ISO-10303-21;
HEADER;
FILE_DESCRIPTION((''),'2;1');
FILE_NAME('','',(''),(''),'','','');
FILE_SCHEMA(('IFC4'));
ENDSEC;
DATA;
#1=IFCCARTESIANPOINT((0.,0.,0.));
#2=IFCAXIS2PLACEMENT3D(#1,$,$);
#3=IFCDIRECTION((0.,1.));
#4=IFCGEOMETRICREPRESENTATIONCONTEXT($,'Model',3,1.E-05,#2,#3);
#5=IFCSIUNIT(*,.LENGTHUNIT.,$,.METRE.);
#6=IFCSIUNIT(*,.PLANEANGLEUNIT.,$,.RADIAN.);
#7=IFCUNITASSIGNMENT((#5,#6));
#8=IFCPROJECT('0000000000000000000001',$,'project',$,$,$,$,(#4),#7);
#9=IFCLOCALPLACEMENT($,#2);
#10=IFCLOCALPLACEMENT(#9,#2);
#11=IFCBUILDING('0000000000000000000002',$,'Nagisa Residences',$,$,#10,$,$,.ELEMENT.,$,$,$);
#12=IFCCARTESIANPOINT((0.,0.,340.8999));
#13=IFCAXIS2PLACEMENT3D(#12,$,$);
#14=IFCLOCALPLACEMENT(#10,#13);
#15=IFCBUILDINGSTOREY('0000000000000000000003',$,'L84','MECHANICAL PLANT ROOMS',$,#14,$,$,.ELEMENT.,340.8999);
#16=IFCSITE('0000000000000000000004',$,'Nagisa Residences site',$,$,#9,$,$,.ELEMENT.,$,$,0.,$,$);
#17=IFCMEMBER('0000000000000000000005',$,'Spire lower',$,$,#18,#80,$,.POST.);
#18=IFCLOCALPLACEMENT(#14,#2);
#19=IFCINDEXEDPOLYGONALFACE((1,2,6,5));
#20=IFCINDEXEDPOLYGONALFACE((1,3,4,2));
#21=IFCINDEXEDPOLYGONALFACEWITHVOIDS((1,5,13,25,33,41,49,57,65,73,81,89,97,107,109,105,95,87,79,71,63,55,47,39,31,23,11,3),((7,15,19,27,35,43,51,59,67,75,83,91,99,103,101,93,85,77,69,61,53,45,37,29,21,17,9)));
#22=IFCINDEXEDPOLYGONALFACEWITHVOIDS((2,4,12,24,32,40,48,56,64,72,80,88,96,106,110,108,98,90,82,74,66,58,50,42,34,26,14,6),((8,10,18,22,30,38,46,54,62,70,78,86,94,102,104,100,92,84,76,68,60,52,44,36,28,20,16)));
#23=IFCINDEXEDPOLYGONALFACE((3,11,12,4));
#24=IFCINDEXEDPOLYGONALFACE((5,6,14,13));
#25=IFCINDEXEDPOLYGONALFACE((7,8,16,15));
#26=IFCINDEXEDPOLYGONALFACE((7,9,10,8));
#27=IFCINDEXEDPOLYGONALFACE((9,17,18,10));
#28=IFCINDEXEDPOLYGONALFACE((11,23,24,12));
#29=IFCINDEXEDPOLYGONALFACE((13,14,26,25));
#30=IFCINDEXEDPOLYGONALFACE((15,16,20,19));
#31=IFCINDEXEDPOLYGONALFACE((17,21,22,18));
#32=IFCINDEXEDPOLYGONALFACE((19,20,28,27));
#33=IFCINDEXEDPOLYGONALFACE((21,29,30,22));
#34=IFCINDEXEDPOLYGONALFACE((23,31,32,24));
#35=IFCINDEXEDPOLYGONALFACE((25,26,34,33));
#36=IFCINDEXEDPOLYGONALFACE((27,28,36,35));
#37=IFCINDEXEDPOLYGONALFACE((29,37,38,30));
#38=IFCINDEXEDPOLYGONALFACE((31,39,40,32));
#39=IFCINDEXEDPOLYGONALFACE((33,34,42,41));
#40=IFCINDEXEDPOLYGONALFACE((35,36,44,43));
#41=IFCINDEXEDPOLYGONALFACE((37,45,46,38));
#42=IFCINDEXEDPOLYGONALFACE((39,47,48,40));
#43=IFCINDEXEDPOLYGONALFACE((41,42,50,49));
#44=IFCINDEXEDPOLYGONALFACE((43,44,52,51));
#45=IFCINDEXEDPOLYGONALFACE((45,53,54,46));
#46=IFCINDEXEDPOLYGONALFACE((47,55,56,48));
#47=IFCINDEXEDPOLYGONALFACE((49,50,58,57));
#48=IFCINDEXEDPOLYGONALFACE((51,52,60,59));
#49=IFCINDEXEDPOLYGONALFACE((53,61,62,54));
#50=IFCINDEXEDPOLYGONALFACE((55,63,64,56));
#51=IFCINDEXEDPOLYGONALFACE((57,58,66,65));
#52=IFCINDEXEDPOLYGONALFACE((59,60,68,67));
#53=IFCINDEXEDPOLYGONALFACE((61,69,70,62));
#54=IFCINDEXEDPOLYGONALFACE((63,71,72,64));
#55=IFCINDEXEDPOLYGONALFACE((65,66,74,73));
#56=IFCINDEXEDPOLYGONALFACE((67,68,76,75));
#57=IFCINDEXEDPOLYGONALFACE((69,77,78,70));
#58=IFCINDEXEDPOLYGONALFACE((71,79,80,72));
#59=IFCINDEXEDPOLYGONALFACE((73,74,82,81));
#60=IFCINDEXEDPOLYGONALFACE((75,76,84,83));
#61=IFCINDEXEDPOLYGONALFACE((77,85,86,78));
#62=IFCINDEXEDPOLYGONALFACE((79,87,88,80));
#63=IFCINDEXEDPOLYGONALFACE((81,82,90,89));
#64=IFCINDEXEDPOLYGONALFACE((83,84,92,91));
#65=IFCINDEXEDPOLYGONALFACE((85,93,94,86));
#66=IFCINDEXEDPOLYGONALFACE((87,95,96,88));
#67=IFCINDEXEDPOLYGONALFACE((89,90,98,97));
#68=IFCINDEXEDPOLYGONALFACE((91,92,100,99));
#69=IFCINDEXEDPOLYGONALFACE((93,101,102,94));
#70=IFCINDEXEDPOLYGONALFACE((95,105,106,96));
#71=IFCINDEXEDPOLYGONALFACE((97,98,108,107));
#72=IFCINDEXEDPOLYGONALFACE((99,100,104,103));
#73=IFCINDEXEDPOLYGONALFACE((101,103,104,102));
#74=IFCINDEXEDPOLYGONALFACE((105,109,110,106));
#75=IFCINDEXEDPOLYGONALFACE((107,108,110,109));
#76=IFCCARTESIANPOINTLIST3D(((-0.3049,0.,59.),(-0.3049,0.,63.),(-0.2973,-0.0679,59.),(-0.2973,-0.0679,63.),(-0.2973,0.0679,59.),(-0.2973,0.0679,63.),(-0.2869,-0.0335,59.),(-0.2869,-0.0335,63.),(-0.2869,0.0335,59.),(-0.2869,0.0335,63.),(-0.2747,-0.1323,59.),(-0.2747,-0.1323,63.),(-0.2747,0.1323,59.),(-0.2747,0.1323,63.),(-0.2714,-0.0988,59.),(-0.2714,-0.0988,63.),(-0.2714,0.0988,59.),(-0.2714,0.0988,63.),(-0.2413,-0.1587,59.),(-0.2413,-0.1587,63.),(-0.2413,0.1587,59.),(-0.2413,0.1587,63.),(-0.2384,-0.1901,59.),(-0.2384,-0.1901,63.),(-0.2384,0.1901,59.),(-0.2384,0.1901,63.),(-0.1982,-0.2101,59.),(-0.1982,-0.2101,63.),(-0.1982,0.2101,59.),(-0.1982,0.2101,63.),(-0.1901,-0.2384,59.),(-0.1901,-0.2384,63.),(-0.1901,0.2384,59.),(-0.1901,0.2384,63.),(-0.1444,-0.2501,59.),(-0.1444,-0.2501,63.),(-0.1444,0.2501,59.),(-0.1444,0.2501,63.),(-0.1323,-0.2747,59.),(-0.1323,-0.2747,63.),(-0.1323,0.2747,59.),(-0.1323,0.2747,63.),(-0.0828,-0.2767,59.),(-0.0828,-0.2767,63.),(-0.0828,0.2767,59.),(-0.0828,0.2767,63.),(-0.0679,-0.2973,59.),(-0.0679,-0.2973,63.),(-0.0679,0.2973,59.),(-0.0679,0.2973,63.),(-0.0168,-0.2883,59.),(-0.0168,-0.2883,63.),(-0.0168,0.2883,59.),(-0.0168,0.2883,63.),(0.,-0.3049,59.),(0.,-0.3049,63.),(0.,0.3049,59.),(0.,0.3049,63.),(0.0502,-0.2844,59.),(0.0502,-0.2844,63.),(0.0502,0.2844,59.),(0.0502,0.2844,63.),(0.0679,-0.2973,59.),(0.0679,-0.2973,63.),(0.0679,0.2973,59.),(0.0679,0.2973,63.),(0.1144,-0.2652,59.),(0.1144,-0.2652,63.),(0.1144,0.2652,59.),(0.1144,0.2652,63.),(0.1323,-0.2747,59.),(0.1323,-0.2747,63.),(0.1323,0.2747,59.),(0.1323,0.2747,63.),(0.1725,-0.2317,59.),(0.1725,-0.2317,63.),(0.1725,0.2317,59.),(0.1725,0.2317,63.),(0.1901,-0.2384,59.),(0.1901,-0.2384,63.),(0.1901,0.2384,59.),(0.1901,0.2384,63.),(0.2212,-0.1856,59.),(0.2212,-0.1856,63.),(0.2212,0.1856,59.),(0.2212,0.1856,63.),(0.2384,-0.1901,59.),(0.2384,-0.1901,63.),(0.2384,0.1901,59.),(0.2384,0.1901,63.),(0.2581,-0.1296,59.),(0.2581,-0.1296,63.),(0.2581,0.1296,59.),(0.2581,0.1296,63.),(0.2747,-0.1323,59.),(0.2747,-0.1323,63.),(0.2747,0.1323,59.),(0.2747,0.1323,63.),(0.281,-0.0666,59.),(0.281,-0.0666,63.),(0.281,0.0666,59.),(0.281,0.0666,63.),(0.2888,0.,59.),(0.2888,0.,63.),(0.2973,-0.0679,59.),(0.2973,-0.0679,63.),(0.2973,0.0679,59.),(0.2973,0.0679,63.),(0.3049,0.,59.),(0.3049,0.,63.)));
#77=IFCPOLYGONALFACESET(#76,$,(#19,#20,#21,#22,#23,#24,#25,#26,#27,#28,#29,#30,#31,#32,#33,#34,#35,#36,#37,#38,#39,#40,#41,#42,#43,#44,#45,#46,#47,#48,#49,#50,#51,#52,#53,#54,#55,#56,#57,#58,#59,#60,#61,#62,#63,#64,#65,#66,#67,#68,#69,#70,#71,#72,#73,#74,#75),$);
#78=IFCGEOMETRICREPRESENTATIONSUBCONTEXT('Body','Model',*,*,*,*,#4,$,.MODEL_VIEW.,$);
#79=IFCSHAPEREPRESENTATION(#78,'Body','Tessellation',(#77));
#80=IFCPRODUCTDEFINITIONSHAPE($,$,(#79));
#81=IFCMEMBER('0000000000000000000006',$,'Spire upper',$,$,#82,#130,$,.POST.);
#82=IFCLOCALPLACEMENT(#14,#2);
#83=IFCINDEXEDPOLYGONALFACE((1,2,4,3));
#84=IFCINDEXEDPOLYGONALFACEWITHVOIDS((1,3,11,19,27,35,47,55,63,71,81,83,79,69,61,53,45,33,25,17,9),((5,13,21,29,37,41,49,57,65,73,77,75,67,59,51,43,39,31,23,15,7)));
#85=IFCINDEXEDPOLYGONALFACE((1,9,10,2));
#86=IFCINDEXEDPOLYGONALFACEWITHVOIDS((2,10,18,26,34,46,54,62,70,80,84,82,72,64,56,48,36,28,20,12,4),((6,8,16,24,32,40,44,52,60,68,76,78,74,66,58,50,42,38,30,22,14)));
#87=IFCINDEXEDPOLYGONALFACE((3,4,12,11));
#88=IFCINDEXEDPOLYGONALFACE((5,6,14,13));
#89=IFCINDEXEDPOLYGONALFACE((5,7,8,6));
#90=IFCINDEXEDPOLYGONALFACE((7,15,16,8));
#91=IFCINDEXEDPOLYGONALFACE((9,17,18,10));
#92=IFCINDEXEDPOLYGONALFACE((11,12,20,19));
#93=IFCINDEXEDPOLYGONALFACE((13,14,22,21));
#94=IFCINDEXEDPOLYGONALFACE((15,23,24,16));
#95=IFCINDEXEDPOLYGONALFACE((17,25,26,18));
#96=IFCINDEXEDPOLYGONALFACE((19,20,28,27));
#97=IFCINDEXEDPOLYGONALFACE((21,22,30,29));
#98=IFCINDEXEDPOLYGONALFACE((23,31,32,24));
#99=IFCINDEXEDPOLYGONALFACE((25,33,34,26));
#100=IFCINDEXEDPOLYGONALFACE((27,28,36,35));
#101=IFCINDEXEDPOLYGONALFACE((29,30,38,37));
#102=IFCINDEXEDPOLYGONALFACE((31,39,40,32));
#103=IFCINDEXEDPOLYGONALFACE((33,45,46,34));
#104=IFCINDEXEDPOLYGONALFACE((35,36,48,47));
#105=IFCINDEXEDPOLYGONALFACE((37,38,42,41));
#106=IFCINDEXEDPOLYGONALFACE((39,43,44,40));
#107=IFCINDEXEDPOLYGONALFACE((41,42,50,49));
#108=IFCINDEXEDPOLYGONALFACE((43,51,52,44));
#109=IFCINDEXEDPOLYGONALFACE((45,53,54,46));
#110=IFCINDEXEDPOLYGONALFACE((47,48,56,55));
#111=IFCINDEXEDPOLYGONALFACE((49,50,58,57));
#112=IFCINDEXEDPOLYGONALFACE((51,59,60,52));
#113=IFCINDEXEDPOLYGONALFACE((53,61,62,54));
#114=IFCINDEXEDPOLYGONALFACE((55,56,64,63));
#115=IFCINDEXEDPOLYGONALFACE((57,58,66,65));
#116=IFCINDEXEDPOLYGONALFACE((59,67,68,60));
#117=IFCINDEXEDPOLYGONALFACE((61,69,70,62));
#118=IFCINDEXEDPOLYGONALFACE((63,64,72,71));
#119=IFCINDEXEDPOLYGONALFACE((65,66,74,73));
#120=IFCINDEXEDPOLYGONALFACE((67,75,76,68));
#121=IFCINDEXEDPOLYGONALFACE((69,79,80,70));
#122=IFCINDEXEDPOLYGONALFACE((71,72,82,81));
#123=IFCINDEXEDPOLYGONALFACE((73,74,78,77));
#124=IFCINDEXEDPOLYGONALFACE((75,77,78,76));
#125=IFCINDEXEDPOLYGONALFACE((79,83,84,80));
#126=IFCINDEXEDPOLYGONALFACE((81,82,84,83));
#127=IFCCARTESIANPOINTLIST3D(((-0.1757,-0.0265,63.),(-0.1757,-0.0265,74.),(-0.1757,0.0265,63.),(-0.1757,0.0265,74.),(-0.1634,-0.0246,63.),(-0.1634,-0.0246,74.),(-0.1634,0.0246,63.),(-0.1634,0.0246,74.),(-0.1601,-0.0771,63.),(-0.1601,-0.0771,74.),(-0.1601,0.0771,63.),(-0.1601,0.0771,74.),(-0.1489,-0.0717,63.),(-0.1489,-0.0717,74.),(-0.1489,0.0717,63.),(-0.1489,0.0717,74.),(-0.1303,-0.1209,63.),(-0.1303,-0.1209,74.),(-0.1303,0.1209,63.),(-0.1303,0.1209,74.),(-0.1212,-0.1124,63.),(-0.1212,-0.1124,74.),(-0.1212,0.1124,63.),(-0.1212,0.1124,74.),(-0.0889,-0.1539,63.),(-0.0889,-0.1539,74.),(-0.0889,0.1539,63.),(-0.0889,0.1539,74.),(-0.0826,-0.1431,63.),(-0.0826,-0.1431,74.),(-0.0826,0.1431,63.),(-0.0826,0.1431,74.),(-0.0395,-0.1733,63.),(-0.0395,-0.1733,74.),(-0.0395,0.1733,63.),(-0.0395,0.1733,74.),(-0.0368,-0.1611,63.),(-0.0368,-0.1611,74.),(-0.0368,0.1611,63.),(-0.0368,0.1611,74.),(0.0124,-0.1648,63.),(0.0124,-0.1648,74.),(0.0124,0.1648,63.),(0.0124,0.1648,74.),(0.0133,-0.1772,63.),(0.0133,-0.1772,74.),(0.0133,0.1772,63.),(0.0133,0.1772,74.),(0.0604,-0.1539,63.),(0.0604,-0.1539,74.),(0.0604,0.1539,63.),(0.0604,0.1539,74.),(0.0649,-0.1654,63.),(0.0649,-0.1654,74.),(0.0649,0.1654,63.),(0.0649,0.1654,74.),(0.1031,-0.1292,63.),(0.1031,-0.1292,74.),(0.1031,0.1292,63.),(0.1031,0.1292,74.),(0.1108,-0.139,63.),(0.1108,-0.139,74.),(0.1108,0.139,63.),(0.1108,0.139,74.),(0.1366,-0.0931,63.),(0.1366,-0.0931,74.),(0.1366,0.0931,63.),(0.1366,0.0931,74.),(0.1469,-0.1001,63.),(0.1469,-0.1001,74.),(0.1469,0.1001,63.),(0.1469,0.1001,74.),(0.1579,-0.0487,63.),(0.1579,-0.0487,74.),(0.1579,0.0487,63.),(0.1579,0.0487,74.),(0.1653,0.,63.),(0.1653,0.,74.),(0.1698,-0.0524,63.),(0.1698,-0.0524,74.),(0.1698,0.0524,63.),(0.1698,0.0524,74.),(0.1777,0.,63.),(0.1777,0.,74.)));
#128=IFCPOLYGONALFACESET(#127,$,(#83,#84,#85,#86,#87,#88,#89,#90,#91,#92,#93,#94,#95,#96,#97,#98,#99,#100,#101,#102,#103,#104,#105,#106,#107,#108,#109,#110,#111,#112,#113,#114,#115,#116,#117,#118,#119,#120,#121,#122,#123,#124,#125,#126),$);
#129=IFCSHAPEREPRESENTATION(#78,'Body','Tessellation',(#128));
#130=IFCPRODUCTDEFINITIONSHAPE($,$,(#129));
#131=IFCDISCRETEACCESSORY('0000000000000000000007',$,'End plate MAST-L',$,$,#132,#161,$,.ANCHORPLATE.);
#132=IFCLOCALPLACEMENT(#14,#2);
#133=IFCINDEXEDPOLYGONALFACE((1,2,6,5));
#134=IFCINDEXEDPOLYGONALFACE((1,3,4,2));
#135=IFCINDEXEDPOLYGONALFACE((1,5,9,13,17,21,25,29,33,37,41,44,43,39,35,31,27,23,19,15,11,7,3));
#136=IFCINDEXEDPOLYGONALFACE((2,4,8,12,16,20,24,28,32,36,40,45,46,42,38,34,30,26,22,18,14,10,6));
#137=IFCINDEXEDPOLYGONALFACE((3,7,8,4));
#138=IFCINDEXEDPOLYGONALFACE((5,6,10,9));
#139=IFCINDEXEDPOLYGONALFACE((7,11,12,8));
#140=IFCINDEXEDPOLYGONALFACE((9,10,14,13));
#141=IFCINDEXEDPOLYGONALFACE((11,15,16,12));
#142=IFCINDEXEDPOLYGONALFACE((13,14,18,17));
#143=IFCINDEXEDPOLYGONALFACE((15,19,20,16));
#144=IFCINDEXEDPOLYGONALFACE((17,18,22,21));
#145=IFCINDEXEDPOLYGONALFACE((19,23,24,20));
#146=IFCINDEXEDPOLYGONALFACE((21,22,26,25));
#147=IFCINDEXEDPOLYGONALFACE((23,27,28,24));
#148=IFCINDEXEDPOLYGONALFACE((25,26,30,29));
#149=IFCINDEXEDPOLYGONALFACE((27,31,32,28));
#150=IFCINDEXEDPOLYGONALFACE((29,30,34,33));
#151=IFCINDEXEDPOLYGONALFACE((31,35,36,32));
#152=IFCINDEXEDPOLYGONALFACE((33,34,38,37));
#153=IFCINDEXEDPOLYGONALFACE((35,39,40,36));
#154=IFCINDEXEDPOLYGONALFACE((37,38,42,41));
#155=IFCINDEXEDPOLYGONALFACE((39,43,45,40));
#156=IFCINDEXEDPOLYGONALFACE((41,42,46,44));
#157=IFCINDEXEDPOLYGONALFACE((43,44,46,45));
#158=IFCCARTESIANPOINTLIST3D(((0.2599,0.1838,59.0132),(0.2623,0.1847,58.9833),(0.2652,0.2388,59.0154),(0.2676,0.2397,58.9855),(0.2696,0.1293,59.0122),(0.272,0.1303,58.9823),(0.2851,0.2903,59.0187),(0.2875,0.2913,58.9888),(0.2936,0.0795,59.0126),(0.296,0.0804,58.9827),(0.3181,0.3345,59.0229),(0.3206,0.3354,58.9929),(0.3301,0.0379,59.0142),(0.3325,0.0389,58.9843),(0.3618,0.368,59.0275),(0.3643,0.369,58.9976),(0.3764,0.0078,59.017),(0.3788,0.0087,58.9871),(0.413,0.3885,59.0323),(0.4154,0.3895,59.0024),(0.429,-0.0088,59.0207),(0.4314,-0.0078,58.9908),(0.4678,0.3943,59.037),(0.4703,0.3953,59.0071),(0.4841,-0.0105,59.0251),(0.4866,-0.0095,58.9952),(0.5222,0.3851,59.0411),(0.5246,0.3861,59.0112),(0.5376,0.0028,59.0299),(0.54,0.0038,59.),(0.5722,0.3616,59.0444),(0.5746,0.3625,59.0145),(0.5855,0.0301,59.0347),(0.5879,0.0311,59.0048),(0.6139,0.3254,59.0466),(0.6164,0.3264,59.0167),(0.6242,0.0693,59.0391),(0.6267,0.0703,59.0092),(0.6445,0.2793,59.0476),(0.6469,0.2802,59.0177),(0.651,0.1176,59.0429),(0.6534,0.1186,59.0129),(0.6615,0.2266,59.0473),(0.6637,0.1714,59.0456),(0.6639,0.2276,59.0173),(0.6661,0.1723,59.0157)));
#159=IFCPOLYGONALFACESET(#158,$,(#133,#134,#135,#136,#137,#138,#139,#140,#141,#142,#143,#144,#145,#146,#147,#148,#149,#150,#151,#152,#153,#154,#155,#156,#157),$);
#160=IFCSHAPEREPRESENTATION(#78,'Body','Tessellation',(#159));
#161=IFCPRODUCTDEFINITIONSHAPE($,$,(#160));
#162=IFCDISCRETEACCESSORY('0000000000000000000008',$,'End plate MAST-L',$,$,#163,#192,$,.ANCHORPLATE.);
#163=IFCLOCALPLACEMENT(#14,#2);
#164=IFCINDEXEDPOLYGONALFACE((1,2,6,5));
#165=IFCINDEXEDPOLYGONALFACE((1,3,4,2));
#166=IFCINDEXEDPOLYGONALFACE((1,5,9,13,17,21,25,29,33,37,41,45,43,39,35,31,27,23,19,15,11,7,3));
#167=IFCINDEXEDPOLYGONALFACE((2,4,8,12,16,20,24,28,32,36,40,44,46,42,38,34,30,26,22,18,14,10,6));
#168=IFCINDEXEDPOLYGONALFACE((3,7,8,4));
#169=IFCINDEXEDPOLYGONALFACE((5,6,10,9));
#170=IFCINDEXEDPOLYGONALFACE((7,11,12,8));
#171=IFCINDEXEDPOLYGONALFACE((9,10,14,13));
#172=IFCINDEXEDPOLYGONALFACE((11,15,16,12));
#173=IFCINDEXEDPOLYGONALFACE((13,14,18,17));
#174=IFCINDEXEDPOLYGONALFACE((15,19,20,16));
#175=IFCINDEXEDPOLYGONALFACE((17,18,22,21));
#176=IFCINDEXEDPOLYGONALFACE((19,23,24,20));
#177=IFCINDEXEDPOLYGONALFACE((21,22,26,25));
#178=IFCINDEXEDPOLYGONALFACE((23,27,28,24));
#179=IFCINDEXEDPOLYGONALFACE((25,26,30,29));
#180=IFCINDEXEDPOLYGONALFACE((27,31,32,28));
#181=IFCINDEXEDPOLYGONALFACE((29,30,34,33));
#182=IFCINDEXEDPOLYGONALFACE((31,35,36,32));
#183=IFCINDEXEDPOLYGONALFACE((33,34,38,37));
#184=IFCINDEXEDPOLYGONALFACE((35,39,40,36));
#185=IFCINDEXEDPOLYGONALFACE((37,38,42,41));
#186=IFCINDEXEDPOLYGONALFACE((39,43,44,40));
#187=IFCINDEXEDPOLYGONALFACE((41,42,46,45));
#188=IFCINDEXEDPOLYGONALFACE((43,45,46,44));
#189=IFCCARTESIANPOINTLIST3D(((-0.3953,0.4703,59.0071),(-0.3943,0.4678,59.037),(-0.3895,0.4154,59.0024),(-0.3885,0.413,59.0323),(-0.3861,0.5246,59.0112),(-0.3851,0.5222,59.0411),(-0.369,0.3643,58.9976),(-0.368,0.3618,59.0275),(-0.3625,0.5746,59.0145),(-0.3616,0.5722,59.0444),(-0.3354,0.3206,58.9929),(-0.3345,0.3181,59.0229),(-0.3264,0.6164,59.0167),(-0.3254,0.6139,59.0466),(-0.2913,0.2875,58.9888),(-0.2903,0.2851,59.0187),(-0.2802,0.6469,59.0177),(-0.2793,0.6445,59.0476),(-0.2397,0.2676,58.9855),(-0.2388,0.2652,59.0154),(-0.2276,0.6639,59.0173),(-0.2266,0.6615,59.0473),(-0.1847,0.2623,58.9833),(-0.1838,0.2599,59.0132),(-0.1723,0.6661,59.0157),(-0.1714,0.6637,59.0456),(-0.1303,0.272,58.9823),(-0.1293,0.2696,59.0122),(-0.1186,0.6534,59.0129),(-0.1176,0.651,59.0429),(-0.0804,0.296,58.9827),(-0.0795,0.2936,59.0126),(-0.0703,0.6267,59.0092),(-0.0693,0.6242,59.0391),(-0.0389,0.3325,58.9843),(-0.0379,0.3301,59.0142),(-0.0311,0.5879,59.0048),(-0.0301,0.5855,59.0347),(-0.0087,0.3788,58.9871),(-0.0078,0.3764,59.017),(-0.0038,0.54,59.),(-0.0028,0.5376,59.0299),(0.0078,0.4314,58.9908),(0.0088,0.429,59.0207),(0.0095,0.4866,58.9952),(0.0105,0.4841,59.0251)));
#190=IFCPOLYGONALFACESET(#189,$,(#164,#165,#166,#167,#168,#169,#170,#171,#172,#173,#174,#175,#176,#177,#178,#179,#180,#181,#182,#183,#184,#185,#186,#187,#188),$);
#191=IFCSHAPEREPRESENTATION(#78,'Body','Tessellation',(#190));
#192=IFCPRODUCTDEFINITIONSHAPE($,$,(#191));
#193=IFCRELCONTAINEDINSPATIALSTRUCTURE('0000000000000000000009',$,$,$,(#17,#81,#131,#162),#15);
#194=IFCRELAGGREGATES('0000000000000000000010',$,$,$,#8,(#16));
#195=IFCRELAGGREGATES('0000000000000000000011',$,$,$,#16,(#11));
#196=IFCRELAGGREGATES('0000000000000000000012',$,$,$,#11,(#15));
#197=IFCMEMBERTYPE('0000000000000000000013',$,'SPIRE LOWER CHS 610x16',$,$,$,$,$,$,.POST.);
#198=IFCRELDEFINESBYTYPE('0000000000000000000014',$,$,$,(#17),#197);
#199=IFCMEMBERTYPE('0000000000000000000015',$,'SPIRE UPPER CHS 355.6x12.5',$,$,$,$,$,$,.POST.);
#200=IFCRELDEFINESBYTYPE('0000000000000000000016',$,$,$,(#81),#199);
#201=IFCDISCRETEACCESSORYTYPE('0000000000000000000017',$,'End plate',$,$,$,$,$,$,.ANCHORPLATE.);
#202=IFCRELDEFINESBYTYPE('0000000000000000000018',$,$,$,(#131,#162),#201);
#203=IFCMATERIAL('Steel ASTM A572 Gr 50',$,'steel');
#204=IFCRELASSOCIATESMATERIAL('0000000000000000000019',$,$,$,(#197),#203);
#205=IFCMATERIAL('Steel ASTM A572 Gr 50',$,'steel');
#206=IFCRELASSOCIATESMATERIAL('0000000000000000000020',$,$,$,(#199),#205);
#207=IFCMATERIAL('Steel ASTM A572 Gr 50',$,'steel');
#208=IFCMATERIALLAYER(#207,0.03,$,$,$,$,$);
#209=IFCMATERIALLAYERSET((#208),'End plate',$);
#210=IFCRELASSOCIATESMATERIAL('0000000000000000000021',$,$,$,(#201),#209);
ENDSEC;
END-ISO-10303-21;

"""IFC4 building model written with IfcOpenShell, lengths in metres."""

from ifc_helpers import new_model, si_unit, direction, frame, origin, origin_2d, place, context, subcontext, project, spatial, circle, hollow_circle, extrude, material, layer, layer_set, material_profile, profile_set, type_object, element, save


model = new_model("IFC4")

# Units and contexts
model_context = context("Model", 3, precision=1e-05, world=origin(), true_north=direction((0.0, 1.0)))
body_context = subcontext(model_context, "Body", "Model", "MODEL_VIEW")
ifc_project = project(units=[si_unit("LENGTHUNIT", "METRE"), si_unit("PLANEANGLEUNIT", "RADIAN")], contexts=[model_context])

# Site, building, storey
site_placement = place(None, origin())
site = spatial("IfcSite", under=ifc_project, at=site_placement, Name="Nagisa Residences site", CompositionType="ELEMENT", RefElevation=0.0)
building_placement = place(site_placement, origin())
building = spatial("IfcBuilding", under=site, at=building_placement, Name="Nagisa Residences", CompositionType="ELEMENT")
storey_placement = place(building_placement, frame((0.0, 0.0, 340.8999)))
storey = spatial("IfcBuildingStorey", under=building, at=storey_placement, Name="L84", Description="MECHANICAL PLANT ROOMS", CompositionType="ELEMENT", Elevation=340.8999)

# Members
ifc_material_1 = material(Name="Steel ASTM A572 Gr 50", Category="steel")
ifc_material_profile_1 = material_profile(ifc_material_1, hollow_circle(Radius=0.3049, WallThickness=0.0161, at=origin_2d()), Name="SPIRE LOWER CHS 610x16")
ifc_profile_set_1 = profile_set([ifc_material_profile_1], Name="Steel ASTM A572 Gr 50")
member_type_1 = type_object("IfcMemberType", Name="SPIRE LOWER CHS 610x16", PredefinedType="POST", material=ifc_profile_set_1)
member_1_placement = place(storey_placement, frame((0.0, 0.0, 59.0), z_axis=(0.0, 0.0, 1.0), x_axis=(1.0, 0.0, 0.0)))
element("IfcMember", 1, at=member_1_placement, inside=storey, type_object=member_type_1, Name="Spire lower", PredefinedType="POST", context=body_context, shape_type="SweptSolid", body=[
    extrude(hollow_circle(Radius=0.3049, WallThickness=0.0161, at=origin_2d()), origin(), (0.0, 0.0, 1.0), 4.0),
])
ifc_material_2 = material(Name="Steel ASTM A572 Gr 50", Category="steel")
ifc_material_profile_2 = material_profile(ifc_material_2, hollow_circle(Radius=0.1777, WallThickness=0.0125, at=origin_2d()), Name="SPIRE UPPER CHS 355.6x12.5")
ifc_profile_set_2 = profile_set([ifc_material_profile_2], Name="Steel ASTM A572 Gr 50")
member_type_2 = type_object("IfcMemberType", Name="SPIRE UPPER CHS 355.6x12.5", PredefinedType="POST", material=ifc_profile_set_2)
member_2_placement = place(storey_placement, frame((0.0, 0.0, 63.0), z_axis=(0.0, 0.0, 1.0), x_axis=(1.0, 0.0, 0.0)))
element("IfcMember", 2, at=member_2_placement, inside=storey, type_object=member_type_2, Name="Spire upper", PredefinedType="POST", context=body_context, shape_type="SweptSolid", body=[
    extrude(hollow_circle(Radius=0.1777, WallThickness=0.0125, at=origin_2d()), origin(), (0.0, 0.0, 1.0), 11.0),
])

# Discrete accessories
ifc_material_3 = material(Name="Steel ASTM A572 Gr 50", Category="steel")
ifc_layer_1 = layer(ifc_material_3, 0.03)
ifc_layer_set_1 = layer_set([ifc_layer_1], Name="End plate")
discrete_accessory_type_1 = type_object("IfcDiscreteAccessoryType", Name="End plate", PredefinedType="ANCHORPLATE", material=ifc_layer_set_1)
for number, where, z_axis, x_axis, name in (
    (3, (0.4646, 0.1924, 59.0), (-0.080991, -0.032396, 0.996188), (0.371391, -0.928477, 0.0), "End plate MAST-L"),
    (4, (-0.1924, 0.4646, 59.0), (0.032396, -0.080991, 0.996188), (0.928477, 0.371391, 0.0), "End plate MAST-L"),
):
    element("IfcDiscreteAccessory", number, at=place(storey_placement, frame(where, z_axis=z_axis, x_axis=x_axis)), inside=storey, type_object=discrete_accessory_type_1, Name=name, PredefinedType="ANCHORPLATE", context=body_context, shape_type="SweptSolid", body=[
        extrude(circle(Radius=0.2031, at=origin_2d()), origin(), (0.0, 0.0, 1.0), 0.03),
    ])

save(model, "model.ifc")
